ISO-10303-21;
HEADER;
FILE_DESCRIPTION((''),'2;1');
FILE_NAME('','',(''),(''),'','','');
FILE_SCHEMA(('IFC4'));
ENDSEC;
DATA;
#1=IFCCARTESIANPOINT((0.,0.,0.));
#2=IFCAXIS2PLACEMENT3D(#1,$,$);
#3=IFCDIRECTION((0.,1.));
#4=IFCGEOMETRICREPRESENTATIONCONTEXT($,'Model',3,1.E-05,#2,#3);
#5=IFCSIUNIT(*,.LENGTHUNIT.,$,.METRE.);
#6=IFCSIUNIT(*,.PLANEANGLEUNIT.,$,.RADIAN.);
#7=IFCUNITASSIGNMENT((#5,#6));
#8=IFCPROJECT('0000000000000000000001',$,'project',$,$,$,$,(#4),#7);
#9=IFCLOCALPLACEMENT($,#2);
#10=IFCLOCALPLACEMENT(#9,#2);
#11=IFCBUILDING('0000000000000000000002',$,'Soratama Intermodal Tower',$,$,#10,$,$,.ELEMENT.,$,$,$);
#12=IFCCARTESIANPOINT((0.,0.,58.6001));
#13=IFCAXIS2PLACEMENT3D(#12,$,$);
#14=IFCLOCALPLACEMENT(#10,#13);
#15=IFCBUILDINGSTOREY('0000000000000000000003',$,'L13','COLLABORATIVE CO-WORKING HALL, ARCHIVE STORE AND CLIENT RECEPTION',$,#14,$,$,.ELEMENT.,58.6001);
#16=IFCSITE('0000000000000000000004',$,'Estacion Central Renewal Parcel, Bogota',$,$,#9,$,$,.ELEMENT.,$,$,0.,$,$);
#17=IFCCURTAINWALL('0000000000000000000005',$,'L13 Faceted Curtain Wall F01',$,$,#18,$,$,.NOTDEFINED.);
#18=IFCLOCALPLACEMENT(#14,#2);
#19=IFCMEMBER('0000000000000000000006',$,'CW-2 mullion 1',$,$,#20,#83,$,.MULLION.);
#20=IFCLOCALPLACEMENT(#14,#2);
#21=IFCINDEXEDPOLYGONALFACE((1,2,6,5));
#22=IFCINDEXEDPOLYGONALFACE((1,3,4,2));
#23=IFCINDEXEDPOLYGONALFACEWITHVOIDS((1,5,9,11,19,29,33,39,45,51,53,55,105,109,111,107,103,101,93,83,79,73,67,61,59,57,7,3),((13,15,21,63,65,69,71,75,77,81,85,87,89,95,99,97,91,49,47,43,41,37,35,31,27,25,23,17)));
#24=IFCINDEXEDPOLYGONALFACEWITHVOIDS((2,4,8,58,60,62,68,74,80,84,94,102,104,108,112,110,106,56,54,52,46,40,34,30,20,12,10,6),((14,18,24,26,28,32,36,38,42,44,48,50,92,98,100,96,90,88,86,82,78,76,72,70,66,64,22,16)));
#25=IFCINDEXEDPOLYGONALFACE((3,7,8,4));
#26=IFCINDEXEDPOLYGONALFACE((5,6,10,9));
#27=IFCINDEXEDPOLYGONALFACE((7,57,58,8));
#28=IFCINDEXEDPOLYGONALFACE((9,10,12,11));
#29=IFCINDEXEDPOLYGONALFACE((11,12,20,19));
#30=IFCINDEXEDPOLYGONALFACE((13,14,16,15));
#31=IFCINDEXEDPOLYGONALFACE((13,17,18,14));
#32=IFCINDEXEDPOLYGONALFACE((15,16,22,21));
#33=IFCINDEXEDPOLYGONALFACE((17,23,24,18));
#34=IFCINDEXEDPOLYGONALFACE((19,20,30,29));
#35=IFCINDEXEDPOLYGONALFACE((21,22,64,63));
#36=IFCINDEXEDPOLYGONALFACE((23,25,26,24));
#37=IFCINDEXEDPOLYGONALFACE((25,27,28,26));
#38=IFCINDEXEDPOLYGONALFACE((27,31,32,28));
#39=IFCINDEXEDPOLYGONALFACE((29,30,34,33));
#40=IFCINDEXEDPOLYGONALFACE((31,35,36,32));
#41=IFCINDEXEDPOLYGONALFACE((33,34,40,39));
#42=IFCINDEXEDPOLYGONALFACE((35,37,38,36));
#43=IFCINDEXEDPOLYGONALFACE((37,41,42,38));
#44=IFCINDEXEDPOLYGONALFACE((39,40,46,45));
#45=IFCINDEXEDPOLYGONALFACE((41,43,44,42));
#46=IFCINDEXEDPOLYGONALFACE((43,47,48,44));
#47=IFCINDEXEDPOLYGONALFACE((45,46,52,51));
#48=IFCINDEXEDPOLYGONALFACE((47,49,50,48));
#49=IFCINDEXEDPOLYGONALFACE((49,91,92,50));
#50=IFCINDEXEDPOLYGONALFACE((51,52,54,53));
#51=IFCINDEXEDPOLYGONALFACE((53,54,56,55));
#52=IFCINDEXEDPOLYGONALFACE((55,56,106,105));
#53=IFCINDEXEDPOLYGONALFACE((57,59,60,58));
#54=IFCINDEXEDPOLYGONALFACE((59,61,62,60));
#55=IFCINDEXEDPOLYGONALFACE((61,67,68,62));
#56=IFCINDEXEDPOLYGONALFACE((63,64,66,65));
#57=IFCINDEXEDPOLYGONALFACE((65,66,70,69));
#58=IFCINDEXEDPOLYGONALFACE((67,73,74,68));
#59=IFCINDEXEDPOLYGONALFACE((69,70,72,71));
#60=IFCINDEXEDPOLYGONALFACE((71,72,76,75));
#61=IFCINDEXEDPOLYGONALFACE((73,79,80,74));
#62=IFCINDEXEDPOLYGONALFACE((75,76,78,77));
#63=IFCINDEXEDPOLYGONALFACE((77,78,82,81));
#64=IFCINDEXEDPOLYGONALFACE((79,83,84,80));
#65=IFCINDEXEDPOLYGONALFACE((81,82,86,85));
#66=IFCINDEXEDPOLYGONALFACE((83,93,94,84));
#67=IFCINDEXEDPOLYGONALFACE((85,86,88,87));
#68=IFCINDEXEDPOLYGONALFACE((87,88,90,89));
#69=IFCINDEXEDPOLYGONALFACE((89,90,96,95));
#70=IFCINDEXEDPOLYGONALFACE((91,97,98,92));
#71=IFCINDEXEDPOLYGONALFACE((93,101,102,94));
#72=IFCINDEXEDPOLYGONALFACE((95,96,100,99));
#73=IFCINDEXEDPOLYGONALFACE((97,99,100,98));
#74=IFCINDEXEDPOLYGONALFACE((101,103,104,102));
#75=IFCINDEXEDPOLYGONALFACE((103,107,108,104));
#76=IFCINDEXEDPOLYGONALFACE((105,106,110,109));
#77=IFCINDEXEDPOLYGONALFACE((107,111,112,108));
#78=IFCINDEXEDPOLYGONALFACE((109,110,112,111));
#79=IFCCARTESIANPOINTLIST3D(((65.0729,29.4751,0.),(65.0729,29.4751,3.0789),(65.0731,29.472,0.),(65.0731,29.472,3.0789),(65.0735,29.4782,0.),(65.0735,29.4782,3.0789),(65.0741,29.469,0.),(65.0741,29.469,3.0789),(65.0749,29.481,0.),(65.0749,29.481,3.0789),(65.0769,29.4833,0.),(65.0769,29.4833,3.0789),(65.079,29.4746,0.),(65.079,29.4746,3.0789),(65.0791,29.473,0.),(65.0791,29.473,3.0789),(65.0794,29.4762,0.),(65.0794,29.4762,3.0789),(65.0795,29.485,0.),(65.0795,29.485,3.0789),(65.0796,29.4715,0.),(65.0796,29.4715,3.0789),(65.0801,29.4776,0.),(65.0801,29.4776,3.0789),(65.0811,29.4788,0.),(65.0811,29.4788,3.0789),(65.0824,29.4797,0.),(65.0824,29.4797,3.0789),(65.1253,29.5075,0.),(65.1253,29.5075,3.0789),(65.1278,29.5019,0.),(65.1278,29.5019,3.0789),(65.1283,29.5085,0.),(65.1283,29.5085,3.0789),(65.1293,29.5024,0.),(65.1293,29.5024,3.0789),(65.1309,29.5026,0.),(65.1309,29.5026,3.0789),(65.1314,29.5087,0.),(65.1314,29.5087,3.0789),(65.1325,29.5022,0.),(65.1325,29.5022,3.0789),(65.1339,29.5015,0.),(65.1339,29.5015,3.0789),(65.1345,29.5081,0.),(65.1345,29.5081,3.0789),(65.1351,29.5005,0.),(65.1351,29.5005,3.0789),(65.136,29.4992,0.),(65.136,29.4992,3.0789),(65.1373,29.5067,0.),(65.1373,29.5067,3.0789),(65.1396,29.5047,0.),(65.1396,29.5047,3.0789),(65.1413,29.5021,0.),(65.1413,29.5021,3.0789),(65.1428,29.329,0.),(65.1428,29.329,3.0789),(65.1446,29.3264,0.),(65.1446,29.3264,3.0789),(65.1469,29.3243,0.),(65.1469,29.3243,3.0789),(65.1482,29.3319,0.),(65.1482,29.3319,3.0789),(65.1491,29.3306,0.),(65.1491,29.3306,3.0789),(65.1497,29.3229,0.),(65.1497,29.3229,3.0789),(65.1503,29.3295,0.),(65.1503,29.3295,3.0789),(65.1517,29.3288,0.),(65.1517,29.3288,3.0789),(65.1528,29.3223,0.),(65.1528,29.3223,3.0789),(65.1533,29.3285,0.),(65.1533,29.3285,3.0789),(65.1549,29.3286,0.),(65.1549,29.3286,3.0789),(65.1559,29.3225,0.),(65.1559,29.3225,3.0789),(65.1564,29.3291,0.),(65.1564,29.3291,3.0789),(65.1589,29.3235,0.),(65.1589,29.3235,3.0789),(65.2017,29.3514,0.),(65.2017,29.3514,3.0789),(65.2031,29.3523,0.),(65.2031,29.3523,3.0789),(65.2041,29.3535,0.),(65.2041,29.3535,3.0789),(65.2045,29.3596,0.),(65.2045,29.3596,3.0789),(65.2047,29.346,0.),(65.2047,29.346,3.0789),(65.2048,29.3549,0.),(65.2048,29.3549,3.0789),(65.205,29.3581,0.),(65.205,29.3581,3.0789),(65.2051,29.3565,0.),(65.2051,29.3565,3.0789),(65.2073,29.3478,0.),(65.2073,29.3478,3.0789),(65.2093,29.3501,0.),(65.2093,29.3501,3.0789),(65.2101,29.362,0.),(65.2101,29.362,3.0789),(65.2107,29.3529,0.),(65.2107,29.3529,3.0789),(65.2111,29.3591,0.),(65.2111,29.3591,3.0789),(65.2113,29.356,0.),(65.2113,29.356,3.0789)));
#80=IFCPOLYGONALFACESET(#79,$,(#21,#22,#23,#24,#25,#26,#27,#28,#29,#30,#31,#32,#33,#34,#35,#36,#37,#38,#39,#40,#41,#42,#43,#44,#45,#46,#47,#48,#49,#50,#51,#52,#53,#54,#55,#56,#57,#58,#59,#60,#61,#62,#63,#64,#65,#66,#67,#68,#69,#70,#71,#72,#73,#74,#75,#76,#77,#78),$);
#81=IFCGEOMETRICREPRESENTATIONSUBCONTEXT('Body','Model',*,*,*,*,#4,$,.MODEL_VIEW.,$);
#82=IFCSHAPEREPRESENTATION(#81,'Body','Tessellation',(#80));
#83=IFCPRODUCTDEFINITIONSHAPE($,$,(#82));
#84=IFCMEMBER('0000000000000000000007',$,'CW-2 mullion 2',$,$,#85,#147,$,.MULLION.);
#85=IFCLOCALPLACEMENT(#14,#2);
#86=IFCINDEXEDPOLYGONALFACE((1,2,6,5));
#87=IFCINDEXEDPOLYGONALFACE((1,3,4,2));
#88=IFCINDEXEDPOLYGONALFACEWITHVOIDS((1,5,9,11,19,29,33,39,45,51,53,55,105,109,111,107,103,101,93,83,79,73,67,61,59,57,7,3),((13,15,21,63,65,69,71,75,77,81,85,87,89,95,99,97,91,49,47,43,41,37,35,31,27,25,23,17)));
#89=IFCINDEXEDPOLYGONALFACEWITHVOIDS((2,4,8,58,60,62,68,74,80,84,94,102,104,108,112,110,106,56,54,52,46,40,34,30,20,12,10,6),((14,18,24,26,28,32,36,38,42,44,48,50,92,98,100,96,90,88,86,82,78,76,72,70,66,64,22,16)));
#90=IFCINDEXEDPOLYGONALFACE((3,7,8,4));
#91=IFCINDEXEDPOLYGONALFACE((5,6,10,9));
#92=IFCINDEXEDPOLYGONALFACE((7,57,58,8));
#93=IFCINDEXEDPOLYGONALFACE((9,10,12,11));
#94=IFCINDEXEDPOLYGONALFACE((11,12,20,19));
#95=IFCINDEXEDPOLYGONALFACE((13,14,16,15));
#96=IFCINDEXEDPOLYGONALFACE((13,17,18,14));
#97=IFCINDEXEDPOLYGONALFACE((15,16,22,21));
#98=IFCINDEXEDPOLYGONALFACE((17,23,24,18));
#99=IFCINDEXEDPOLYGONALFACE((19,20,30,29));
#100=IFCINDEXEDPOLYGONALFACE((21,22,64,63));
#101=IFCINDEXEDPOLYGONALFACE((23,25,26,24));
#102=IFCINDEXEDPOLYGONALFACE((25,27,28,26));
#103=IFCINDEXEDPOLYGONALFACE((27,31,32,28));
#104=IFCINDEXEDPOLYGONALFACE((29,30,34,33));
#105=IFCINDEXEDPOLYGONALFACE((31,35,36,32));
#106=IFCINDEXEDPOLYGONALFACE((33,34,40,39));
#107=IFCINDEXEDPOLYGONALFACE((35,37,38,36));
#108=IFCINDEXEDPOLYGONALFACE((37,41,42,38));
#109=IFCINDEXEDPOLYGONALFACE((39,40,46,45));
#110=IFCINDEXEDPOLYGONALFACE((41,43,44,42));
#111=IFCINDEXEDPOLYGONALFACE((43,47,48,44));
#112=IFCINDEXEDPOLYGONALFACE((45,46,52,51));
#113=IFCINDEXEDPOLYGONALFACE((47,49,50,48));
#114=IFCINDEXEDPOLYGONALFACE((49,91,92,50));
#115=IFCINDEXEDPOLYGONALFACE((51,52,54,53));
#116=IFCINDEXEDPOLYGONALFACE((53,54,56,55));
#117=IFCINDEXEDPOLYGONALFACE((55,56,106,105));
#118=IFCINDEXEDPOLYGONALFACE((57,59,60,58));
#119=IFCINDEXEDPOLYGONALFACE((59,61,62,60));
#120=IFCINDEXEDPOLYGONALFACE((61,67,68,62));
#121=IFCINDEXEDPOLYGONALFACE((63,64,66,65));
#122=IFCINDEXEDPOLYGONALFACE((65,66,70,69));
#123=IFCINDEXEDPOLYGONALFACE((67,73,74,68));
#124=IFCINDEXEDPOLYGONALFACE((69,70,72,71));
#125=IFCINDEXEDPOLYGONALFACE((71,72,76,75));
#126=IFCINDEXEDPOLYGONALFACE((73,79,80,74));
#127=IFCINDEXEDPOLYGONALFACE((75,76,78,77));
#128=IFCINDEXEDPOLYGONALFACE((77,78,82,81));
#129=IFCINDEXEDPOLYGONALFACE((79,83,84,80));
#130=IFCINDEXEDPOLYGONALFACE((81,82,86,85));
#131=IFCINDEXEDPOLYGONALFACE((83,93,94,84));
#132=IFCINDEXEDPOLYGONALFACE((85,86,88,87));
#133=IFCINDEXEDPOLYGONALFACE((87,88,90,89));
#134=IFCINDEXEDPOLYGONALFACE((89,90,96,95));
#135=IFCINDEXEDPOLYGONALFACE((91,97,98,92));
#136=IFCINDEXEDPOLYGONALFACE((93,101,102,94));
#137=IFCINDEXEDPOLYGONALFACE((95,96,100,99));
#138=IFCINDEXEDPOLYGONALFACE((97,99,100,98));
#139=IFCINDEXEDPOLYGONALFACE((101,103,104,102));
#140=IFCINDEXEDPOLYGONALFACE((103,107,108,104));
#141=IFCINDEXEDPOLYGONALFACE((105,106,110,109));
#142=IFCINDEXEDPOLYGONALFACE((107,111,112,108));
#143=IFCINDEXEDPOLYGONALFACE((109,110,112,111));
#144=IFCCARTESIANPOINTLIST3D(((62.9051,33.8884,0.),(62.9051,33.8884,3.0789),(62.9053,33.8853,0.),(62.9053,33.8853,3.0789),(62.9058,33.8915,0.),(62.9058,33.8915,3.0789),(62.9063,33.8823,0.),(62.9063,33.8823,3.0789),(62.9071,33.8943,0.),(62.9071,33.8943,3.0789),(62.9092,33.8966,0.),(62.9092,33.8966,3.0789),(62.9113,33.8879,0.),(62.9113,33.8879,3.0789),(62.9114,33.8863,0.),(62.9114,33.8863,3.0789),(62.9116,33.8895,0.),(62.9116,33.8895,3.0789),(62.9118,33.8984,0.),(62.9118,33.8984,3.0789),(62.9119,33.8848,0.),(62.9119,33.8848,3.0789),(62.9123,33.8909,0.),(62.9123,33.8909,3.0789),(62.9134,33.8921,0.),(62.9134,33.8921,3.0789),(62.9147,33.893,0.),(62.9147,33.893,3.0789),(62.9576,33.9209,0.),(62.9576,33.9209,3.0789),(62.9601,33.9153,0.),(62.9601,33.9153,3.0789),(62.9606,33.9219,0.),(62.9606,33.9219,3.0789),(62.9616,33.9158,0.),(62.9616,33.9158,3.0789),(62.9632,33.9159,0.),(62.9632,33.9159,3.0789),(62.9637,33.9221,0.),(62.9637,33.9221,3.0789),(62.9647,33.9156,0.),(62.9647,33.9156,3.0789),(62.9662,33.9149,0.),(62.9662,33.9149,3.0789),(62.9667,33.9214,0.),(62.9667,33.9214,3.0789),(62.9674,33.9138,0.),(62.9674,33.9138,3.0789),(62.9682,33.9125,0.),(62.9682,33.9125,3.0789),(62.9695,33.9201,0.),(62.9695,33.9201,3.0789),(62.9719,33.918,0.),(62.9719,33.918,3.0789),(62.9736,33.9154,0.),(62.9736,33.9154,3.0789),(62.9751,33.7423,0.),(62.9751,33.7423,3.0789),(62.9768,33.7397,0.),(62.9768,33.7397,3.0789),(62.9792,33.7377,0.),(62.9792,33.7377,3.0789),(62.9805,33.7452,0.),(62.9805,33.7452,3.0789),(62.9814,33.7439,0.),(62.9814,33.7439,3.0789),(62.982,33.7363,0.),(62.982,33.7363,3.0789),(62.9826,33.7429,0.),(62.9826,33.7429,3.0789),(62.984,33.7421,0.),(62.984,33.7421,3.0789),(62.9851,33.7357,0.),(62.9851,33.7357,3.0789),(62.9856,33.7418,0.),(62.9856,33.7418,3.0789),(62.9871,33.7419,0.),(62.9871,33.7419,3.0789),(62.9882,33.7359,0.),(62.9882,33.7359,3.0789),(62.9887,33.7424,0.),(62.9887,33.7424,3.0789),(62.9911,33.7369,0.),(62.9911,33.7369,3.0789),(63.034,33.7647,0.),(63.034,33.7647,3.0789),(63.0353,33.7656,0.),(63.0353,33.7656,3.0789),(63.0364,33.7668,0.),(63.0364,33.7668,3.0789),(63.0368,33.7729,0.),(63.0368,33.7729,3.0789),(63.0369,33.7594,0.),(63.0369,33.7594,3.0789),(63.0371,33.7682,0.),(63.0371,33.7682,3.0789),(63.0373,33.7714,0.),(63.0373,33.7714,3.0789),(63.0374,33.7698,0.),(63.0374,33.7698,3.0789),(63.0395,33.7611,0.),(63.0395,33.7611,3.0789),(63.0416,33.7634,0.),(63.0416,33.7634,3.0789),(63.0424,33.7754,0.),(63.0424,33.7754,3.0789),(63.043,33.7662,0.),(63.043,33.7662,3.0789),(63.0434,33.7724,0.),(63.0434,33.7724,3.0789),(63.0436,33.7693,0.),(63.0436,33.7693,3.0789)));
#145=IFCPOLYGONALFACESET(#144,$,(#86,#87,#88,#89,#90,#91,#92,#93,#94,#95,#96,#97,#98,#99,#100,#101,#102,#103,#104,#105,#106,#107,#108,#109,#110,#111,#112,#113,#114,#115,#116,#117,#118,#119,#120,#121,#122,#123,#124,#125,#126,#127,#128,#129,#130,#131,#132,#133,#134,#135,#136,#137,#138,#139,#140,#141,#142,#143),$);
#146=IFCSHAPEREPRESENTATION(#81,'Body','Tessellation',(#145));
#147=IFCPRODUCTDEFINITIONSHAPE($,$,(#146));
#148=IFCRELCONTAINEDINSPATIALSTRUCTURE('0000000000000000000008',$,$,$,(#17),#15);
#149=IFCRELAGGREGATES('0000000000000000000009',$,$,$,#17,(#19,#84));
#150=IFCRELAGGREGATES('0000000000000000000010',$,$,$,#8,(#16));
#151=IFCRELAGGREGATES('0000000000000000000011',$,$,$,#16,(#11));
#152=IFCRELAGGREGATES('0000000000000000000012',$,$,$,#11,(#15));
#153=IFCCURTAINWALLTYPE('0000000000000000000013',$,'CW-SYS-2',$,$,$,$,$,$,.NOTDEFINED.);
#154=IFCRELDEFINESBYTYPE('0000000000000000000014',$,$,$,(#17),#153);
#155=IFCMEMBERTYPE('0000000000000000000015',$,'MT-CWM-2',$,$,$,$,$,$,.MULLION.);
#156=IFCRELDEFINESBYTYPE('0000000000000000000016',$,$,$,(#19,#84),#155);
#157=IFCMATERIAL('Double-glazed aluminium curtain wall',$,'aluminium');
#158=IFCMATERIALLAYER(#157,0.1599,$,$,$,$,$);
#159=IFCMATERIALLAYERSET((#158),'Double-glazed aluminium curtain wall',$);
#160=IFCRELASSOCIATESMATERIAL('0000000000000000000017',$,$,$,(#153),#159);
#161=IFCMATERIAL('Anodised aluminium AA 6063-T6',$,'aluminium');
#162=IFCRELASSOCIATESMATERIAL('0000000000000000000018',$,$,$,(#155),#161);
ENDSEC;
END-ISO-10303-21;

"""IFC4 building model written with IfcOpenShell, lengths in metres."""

from ifc_helpers import new_model, si_unit, direction, frame, origin, origin_2d, place, context, subcontext, project, spatial, hollow_rectangle, extrude, material, layer, layer_set, material_profile, profile_set, type_object, element, aggregate, save


model = new_model("IFC4")

# Units and contexts
model_context = context("Model", 3, precision=1e-05, world=origin(), true_north=direction((0.0, 1.0)))
body_context = subcontext(model_context, "Body", "Model", "MODEL_VIEW")
ifc_project = project(units=[si_unit("LENGTHUNIT", "METRE"), si_unit("PLANEANGLEUNIT", "RADIAN")], contexts=[model_context])

# Site, building, storey
site_placement = place(None, origin())
site = spatial("IfcSite", under=ifc_project, at=site_placement, Name="Estacion Central Renewal Parcel, Bogota", CompositionType="ELEMENT", RefElevation=0.0)
building_placement = place(site_placement, origin())
building = spatial("IfcBuilding", under=site, at=building_placement, Name="Soratama Intermodal Tower", CompositionType="ELEMENT")
storey_placement = place(building_placement, frame((0.0, 0.0, 58.6001)))
storey = spatial("IfcBuildingStorey", under=building, at=storey_placement, Name="L13", Description="COLLABORATIVE CO-WORKING HALL, ARCHIVE STORE AND CLIENT RECEPTION", CompositionType="ELEMENT", Elevation=58.6001)

# Curtain wall, members
ifc_material_1 = material(Name="Double-glazed aluminium curtain wall", Category="aluminium")
ifc_layer_1 = layer(ifc_material_1, 0.1599)
ifc_layer_set_1 = layer_set([ifc_layer_1], Name="Double-glazed aluminium curtain wall")
curtain_wall_type = type_object("IfcCurtainWallType", Name="CW-SYS-2", PredefinedType="NOTDEFINED", material=ifc_layer_set_1)
curtain_wall_1_placement = place(storey_placement, origin())
curtain_wall_1 = element("IfcCurtainWall", 1, at=curtain_wall_1_placement, inside=storey, type_object=curtain_wall_type, Name="L13 Faceted Curtain Wall F01", PredefinedType="NOTDEFINED")
ifc_material_2 = material(Name="Anodised aluminium AA 6063-T6", Category="aluminium")
ifc_material_profile_1 = material_profile(ifc_material_2, hollow_rectangle(XDim=0.075, YDim=0.1799, WallThickness=0.0061, InnerFilletRadius=0.0061, OuterFilletRadius=0.012, at=origin_2d()), Name="CWM180X75X6")
ifc_profile_set_1 = profile_set([ifc_material_profile_1], Name="Anodised aluminium AA 6063-T6")
member_type_1 = type_object("IfcMemberType", Name="MT-CWM-2", PredefinedType="MULLION", material=ifc_profile_set_1)
member_1_placement = place(storey_placement, frame((65.1421, 29.4155, 0.0), z_axis=(0.0, 0.0, 1.0), x_axis=(-0.897568, -0.440875, 0.0)))
member_1 = element("IfcMember", 2, at=member_1_placement, type_object=member_type_1, Name="CW-2 mullion 1", PredefinedType="MULLION", context=body_context, shape_type="SweptSolid", body=[
    extrude(hollow_rectangle(XDim=0.075, YDim=0.1799, WallThickness=0.0061, InnerFilletRadius=0.0061, OuterFilletRadius=0.012, at=origin_2d()), origin(), (0.0, 0.0, 1.0), 3.0789),
])
member_2_placement = place(storey_placement, frame((62.9744, 33.8289, 0.0), z_axis=(0.0, 0.0, 1.0), x_axis=(-0.897568, -0.440875, 0.0)))
member_2 = element("IfcMember", 3, at=member_2_placement, type_object=member_type_1, Name="CW-2 mullion 2", PredefinedType="MULLION", context=body_context, shape_type="SweptSolid", body=[
    extrude(hollow_rectangle(XDim=0.075, YDim=0.1799, WallThickness=0.0061, InnerFilletRadius=0.0061, OuterFilletRadius=0.012, at=origin_2d()), origin(), (0.0, 0.0, 1.0), 3.0789),
])

aggregate(curtain_wall_1, [member_1, member_2])

save(model, "model.ifc")
